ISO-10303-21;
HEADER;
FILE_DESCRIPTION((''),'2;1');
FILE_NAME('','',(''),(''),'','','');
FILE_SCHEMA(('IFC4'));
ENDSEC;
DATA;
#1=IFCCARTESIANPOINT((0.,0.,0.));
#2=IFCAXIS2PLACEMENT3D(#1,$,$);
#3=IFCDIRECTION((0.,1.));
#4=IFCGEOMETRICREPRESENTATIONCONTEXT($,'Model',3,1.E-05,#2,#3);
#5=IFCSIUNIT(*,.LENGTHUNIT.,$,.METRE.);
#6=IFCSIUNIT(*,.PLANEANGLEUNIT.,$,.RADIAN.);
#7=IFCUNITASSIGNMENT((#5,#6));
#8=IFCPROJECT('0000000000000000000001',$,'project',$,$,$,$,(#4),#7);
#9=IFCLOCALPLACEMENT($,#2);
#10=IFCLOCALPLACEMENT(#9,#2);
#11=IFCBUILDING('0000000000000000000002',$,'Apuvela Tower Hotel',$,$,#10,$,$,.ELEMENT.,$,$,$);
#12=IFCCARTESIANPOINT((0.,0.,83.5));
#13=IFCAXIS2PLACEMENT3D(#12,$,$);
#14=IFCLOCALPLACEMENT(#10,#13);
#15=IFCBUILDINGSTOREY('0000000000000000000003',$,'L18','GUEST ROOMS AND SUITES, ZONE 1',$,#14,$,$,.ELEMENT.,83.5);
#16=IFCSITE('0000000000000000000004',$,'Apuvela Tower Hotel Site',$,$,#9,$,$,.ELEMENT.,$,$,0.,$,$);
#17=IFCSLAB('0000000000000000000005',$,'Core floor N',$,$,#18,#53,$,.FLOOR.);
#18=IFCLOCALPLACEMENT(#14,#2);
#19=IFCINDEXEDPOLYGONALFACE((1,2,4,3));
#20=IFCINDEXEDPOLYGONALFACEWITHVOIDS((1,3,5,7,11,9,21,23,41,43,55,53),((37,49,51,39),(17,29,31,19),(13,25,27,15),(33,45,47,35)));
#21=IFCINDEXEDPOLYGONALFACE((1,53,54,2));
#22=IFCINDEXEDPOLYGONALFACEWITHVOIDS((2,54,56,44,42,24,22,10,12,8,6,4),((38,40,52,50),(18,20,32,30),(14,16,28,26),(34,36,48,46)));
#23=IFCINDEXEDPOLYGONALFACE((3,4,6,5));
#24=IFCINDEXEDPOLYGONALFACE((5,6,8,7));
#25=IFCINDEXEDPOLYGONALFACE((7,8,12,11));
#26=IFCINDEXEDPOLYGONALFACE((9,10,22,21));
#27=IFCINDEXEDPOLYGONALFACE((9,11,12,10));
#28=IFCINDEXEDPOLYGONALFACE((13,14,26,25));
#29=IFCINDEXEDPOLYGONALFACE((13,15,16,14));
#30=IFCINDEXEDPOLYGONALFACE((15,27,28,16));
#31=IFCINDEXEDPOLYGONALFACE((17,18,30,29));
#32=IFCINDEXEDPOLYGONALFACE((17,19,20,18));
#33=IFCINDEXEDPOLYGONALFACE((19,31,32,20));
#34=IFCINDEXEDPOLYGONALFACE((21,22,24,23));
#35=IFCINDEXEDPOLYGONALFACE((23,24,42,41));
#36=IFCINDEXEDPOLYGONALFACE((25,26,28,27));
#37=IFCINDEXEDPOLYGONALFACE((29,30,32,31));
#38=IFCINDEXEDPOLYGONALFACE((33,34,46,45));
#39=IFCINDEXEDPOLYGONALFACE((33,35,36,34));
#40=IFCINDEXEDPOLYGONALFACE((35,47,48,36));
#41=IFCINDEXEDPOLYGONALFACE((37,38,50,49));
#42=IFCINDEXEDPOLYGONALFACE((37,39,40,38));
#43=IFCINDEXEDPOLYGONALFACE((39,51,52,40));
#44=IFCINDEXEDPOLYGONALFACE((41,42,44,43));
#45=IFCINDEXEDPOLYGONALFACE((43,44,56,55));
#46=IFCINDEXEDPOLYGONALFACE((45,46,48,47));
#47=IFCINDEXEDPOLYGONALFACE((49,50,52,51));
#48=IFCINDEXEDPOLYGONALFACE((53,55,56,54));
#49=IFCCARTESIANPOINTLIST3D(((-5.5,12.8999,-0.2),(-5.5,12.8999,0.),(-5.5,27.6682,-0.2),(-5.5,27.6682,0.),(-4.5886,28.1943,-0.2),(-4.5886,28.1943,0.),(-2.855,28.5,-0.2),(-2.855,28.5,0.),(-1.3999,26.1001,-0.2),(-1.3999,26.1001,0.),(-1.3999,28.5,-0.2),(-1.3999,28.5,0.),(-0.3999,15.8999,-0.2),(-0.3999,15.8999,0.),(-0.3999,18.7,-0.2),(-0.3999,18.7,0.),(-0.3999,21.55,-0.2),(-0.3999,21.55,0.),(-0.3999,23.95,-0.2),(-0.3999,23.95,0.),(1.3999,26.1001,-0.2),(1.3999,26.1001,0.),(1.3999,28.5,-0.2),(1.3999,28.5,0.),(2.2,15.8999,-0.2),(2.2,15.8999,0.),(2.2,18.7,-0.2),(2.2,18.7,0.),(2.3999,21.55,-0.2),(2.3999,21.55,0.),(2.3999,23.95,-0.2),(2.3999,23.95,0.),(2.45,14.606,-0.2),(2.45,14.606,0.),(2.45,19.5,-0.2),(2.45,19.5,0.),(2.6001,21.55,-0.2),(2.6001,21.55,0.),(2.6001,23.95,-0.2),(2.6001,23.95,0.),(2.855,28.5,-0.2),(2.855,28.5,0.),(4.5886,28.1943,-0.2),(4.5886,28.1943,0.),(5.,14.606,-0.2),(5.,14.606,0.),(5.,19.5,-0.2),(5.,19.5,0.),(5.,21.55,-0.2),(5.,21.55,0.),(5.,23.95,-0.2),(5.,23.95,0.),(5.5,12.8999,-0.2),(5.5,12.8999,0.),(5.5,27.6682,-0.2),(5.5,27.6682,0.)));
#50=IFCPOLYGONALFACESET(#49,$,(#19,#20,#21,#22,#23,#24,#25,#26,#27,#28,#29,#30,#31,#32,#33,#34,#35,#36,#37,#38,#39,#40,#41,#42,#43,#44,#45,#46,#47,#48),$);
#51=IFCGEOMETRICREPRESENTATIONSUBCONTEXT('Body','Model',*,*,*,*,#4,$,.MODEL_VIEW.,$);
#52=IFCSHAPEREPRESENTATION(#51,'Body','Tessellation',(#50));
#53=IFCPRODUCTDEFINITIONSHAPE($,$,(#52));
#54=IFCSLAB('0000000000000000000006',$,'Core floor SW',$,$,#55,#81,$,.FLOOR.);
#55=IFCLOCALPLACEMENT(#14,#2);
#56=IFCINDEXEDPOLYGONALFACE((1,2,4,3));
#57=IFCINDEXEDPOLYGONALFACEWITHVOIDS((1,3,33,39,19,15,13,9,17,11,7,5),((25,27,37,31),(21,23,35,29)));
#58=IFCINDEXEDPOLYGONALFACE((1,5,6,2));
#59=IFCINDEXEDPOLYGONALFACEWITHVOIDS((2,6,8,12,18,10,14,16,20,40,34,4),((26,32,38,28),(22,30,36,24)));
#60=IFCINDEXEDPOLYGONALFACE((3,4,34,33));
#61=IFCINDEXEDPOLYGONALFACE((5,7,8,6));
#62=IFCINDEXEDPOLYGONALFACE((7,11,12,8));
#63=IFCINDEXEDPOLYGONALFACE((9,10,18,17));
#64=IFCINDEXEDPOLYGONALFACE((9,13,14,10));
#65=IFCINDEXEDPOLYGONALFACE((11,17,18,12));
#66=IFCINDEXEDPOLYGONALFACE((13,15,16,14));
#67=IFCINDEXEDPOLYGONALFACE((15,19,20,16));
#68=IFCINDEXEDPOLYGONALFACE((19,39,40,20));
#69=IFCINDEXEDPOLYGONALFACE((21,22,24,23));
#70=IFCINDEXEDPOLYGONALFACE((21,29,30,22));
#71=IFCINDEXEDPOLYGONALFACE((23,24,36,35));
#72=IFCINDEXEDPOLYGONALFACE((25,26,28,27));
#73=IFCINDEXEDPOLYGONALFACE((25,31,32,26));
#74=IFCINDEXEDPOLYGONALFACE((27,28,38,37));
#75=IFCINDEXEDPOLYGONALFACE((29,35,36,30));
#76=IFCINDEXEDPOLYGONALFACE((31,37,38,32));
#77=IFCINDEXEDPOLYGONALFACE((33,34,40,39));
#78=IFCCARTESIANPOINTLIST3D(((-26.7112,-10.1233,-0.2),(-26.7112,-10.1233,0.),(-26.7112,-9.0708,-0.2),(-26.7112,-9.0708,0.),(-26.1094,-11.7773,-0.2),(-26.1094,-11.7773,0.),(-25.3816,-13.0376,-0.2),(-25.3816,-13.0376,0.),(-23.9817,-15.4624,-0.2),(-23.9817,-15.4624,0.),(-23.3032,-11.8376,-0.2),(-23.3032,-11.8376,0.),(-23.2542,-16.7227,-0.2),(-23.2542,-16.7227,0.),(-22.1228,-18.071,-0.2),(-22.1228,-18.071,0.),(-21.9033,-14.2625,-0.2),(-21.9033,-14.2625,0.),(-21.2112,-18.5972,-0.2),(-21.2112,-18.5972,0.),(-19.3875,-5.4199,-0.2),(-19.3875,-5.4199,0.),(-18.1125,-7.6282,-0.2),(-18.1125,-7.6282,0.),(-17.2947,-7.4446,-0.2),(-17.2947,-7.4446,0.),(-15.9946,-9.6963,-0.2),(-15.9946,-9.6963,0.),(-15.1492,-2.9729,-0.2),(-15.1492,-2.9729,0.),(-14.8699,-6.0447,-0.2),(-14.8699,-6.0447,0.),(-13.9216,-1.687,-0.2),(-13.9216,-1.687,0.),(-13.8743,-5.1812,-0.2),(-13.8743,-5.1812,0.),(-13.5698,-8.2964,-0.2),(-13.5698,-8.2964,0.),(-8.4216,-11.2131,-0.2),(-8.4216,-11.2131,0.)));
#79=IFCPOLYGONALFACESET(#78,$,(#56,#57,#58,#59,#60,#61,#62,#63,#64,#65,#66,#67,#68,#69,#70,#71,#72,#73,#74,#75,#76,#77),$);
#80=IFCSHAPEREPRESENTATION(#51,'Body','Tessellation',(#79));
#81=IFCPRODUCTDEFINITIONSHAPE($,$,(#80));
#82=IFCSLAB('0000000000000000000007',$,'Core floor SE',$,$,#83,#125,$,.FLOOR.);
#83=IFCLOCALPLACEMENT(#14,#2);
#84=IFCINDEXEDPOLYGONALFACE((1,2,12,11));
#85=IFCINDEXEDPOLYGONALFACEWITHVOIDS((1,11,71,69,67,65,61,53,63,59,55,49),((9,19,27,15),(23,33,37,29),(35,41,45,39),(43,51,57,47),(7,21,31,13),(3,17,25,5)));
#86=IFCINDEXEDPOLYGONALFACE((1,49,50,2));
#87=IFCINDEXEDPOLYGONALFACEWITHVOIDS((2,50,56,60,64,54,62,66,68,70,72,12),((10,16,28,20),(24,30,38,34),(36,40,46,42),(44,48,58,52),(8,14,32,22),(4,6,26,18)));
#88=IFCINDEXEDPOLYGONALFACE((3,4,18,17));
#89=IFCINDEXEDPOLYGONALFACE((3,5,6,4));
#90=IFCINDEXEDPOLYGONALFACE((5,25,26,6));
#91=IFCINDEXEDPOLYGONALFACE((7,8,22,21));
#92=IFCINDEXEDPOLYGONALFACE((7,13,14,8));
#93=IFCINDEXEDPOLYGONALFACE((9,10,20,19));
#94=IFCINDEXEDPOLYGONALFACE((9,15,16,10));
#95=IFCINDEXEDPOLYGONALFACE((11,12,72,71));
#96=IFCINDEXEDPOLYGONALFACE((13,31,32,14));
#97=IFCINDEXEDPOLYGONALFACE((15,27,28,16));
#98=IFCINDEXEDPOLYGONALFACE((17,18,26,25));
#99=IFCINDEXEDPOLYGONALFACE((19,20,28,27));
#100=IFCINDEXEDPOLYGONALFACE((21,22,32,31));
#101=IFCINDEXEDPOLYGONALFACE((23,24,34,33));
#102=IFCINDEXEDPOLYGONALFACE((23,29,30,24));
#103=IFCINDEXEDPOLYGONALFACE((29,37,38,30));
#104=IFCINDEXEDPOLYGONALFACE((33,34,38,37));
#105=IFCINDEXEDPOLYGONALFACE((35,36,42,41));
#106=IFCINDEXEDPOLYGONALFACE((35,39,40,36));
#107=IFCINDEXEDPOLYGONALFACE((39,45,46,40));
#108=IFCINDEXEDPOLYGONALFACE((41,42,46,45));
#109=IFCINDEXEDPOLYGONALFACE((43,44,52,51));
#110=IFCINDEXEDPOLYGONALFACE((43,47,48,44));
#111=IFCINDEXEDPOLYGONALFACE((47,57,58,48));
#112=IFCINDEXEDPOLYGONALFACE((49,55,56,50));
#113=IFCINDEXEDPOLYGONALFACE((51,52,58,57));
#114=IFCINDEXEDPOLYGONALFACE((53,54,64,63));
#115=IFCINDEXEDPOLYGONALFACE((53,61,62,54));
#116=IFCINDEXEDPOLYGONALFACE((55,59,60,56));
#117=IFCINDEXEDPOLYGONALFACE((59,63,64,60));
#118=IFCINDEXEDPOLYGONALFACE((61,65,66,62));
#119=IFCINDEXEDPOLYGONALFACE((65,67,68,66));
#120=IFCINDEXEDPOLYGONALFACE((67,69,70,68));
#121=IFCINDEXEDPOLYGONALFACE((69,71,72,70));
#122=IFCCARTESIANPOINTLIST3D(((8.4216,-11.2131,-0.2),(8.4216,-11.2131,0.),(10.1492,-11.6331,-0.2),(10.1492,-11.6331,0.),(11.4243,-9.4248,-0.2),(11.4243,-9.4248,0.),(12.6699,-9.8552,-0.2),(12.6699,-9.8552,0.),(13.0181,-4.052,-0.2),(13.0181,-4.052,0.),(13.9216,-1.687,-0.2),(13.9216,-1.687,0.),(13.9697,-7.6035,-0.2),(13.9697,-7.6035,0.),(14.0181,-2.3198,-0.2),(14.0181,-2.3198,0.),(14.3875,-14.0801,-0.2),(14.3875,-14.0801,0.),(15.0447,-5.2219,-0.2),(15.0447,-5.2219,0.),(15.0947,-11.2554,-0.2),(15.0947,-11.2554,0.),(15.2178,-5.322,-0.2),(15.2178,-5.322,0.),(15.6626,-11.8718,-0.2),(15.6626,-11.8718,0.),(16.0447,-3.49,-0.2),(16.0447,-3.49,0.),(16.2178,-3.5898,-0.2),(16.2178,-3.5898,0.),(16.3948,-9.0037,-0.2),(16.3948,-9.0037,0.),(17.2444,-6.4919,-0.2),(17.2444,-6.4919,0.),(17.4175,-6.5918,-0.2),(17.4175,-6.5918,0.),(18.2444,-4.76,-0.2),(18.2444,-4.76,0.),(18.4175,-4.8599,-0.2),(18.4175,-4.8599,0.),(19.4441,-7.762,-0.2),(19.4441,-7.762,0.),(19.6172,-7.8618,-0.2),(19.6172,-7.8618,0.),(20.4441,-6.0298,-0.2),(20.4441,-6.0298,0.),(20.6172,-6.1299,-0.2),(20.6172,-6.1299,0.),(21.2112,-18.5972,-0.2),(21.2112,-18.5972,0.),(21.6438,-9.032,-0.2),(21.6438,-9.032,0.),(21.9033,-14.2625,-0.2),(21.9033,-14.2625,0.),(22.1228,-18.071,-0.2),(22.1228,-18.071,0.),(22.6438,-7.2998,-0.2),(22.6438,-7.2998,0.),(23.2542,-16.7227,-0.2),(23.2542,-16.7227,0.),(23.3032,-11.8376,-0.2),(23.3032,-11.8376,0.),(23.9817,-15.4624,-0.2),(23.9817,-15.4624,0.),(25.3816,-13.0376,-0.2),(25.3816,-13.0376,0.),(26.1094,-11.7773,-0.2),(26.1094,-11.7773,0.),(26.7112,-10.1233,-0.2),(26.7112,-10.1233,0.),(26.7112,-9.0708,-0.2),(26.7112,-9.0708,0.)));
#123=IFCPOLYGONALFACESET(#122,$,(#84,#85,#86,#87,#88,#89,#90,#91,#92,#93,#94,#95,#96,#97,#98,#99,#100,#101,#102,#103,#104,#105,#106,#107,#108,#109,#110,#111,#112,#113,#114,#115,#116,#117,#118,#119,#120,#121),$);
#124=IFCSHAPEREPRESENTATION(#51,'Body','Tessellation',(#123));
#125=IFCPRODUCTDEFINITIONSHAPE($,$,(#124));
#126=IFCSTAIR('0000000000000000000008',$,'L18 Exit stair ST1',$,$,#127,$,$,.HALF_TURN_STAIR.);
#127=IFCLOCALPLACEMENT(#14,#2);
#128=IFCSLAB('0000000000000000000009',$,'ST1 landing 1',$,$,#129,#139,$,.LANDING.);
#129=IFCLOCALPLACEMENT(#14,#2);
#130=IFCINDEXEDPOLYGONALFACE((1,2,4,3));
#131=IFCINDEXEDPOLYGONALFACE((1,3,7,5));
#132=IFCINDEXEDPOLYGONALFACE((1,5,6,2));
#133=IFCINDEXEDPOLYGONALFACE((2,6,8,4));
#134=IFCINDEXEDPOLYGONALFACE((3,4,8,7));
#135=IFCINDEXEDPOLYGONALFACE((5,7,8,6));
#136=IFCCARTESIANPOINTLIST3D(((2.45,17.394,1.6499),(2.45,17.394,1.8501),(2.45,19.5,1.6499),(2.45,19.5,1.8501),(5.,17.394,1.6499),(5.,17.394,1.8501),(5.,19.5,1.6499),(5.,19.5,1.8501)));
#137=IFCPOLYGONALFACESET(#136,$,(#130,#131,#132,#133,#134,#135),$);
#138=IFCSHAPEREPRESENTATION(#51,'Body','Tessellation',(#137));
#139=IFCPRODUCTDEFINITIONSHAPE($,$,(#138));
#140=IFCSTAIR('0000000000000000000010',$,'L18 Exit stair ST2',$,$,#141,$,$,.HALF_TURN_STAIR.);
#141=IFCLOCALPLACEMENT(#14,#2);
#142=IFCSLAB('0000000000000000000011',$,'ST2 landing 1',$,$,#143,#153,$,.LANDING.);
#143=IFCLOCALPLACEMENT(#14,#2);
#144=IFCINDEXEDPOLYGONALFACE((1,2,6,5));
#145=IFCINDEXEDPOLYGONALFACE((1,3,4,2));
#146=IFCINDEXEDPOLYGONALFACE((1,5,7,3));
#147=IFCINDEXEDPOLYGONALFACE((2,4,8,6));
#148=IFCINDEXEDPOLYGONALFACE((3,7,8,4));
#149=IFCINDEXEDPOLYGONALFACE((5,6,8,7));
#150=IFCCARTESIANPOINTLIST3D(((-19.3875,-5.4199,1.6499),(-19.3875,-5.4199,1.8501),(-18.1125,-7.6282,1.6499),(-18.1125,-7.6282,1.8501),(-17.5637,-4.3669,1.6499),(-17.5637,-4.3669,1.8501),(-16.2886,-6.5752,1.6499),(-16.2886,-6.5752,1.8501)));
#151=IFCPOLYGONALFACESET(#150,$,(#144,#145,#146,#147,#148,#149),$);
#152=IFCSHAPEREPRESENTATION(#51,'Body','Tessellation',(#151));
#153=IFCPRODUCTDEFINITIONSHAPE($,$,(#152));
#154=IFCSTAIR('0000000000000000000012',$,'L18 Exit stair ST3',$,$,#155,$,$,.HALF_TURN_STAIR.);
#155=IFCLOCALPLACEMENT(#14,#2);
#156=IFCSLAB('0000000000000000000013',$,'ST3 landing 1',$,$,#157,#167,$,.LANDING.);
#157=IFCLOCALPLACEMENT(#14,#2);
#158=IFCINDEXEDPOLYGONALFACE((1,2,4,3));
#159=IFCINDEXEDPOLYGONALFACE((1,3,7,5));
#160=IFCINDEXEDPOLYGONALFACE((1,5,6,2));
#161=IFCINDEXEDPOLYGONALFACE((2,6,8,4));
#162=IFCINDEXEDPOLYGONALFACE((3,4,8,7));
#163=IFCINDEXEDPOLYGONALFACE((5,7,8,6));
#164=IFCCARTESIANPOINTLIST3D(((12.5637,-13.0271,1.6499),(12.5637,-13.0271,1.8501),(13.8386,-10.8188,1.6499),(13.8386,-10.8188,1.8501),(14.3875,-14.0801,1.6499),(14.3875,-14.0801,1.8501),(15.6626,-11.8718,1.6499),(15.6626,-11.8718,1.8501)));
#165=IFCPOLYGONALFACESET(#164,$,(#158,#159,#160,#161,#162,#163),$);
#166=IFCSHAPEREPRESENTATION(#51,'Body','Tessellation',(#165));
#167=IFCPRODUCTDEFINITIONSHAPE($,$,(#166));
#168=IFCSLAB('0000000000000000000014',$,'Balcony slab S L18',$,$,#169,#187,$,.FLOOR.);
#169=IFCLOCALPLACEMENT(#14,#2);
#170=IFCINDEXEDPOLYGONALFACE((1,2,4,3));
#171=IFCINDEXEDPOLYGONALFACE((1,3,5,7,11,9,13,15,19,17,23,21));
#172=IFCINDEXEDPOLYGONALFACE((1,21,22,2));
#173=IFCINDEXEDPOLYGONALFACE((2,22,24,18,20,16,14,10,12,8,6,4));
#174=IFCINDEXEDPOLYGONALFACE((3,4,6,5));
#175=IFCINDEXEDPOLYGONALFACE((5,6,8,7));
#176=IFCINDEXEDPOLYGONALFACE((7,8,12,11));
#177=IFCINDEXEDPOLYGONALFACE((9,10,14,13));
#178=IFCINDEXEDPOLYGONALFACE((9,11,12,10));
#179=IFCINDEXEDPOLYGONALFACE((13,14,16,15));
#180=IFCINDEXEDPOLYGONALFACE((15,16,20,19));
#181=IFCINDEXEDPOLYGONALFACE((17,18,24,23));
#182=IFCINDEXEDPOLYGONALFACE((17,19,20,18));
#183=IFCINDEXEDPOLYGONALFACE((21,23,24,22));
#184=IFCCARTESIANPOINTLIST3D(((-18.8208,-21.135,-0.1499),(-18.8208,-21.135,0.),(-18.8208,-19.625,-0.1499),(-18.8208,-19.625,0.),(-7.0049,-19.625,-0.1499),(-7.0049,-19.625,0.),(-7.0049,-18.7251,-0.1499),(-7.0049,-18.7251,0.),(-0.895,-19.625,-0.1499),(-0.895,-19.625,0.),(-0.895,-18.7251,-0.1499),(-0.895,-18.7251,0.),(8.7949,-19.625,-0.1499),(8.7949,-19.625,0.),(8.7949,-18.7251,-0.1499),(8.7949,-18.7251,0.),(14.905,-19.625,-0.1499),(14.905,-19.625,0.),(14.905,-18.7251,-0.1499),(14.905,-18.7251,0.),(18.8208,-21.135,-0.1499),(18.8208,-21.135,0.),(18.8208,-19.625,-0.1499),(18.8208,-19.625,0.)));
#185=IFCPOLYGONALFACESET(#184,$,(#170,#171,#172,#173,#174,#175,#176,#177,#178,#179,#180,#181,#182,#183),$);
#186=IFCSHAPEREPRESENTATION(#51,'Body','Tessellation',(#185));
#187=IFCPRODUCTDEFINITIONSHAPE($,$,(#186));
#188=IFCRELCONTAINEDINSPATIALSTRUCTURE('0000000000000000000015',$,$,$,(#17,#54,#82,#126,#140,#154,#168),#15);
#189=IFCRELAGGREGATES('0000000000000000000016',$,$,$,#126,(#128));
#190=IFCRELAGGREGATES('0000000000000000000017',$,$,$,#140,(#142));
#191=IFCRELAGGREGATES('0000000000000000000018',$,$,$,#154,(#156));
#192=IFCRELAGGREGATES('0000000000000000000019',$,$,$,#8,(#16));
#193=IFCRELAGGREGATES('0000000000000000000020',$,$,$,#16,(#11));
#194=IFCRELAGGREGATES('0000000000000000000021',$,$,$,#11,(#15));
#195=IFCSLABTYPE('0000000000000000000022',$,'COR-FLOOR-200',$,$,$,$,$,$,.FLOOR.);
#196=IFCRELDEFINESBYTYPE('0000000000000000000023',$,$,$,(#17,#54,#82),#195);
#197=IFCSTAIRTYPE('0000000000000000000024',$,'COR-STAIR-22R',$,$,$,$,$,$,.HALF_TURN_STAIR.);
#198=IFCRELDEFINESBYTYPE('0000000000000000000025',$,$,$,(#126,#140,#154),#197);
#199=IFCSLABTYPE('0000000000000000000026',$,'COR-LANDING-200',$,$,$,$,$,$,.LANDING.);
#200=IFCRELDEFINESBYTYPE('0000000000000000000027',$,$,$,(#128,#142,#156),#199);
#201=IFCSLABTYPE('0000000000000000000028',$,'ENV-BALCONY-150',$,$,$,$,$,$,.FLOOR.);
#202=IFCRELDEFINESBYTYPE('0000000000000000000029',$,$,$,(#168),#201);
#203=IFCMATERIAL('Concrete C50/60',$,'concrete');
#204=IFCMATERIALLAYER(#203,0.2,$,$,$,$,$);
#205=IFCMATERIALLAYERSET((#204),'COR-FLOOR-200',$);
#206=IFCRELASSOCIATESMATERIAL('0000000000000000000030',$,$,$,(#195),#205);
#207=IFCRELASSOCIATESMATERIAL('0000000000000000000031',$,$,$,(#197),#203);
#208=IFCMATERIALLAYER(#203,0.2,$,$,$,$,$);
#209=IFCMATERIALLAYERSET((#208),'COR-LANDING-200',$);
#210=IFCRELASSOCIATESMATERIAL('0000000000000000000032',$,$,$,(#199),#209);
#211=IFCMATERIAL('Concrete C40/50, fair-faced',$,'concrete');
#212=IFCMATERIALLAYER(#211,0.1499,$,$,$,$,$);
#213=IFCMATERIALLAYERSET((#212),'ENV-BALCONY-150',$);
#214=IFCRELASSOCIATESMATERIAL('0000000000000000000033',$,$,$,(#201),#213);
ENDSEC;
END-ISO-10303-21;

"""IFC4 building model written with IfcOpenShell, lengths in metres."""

from ifc_helpers import new_model, si_unit, direction, frame, origin, place, context, subcontext, project, spatial, polyline, outline, extrude, material, layer, layer_set, type_object, element, aggregate, save


model = new_model("IFC4")

# Units and contexts
model_context = context("Model", 3, precision=1e-05, world=origin(), true_north=direction((0.0, 1.0)))
body_context = subcontext(model_context, "Body", "Model", "MODEL_VIEW")
ifc_project = project(units=[si_unit("LENGTHUNIT", "METRE"), si_unit("PLANEANGLEUNIT", "RADIAN")], contexts=[model_context])

# Site, building, storey
site_placement = place(None, origin())
site = spatial("IfcSite", under=ifc_project, at=site_placement, Name="Apuvela Tower Hotel Site", CompositionType="ELEMENT", RefElevation=0.0)
building_placement = place(site_placement, origin())
building = spatial("IfcBuilding", under=site, at=building_placement, Name="Apuvela Tower Hotel", CompositionType="ELEMENT")
storey_placement = place(building_placement, frame((0.0, 0.0, 83.5)))
storey = spatial("IfcBuildingStorey", under=building, at=storey_placement, Name="L18", Description="GUEST ROOMS AND SUITES, ZONE 1", CompositionType="ELEMENT", Elevation=83.5)

# Slabs
ifc_material_1 = material(Name="Concrete C50/60", Category="concrete")
ifc_layer_1 = layer(ifc_material_1, 0.2)
ifc_layer_set_1 = layer_set([ifc_layer_1], Name="COR-FLOOR-200")
slab_type_1 = type_object("IfcSlabType", Name="COR-FLOOR-200", PredefinedType="FLOOR", material=ifc_layer_set_1)
slab_1_placement = place(storey_placement, frame((0.0, 0.0, -0.2)))
element("IfcSlab", 1, at=slab_1_placement, inside=storey, type_object=slab_type_1, Name="Core floor N", PredefinedType="FLOOR", context=body_context, shape_type="SweptSolid", body=[
    extrude(outline(polyline([(5.5, 27.6682), (4.5886, 28.1943), (2.855, 28.5), (1.3999, 28.5), (1.3999, 26.1001), (-1.3999, 26.1001), (-1.3999, 28.5), (-2.855, 28.5), (-4.5886, 28.1943), (-5.5, 27.6682), (-5.5, 12.8999), (5.5, 12.8999), (5.5, 27.6682)]), holes=[polyline([(5.0, 14.606), (2.45, 14.606), (2.45, 19.5), (5.0, 19.5), (5.0, 14.606)]), polyline([(2.2, 15.8999), (-0.3999, 15.8999), (-0.3999, 18.7), (2.2, 18.7), (2.2, 15.8999)]), polyline([(5.0, 21.55), (2.6001, 21.55), (2.6001, 23.95), (5.0, 23.95), (5.0, 21.55)]), polyline([(2.3999, 21.55), (-0.3999, 21.55), (-0.3999, 23.95), (2.3999, 23.95), (2.3999, 21.55)])]), origin(), (0.0, 0.0, 1.0), 0.2),
])
slab_2_placement = place(storey_placement, frame((0.0, 0.0, -0.2)))
element("IfcSlab", 2, at=slab_2_placement, inside=storey, type_object=slab_type_1, Name="Core floor SW", PredefinedType="FLOOR", context=body_context, shape_type="SweptSolid", body=[
    extrude(outline(polyline([(-26.7112, -9.0708), (-26.7112, -10.1233), (-26.1094, -11.7773), (-25.3816, -13.0376), (-23.3032, -11.8376), (-21.9033, -14.2625), (-23.9817, -15.4624), (-23.2542, -16.7227), (-22.1228, -18.071), (-21.2112, -18.5972), (-8.4216, -11.2131), (-13.9216, -1.687), (-26.7112, -9.0708)]), holes=[polyline([(-13.8743, -5.1812), (-18.1125, -7.6282), (-19.3875, -5.4199), (-15.1492, -2.9729), (-13.8743, -5.1812)]), polyline([(-13.5698, -8.2964), (-15.9946, -9.6963), (-17.2947, -7.4446), (-14.8699, -6.0447), (-13.5698, -8.2964)])]), origin(), (0.0, 0.0, 1.0), 0.2),
])
slab_3_placement = place(storey_placement, frame((0.0, 0.0, -0.2)))
element("IfcSlab", 3, at=slab_3_placement, inside=storey, type_object=slab_type_1, Name="Core floor SE", PredefinedType="FLOOR", context=body_context, shape_type="SweptSolid", body=[
    extrude(outline(polyline([(21.2112, -18.5972), (22.1228, -18.071), (23.2542, -16.7227), (23.9817, -15.4624), (21.9033, -14.2625), (23.3032, -11.8376), (25.3816, -13.0376), (26.1094, -11.7773), (26.7112, -10.1233), (26.7112, -9.0708), (13.9216, -1.687), (8.4216, -11.2131), (21.2112, -18.5972)]), holes=[polyline([(13.0181, -4.052), (14.0181, -2.3198), (16.0447, -3.49), (15.0447, -5.2219), (13.0181, -4.052)]), polyline([(17.2444, -6.4919), (15.2178, -5.322), (16.2178, -3.5898), (18.2444, -4.76), (17.2444, -6.4919)]), polyline([(14.3875, -14.0801), (10.1492, -11.6331), (11.4243, -9.4248), (15.6626, -11.8718), (14.3875, -14.0801)]), polyline([(12.6699, -9.8552), (13.9697, -7.6035), (16.3948, -9.0037), (15.0947, -11.2554), (12.6699, -9.8552)]), polyline([(19.4441, -7.762), (17.4175, -6.5918), (18.4175, -4.8599), (20.4441, -6.0298), (19.4441, -7.762)]), polyline([(21.6438, -9.032), (19.6172, -7.8618), (20.6172, -6.1299), (22.6438, -7.2998), (21.6438, -9.032)])]), origin(), (0.0, 0.0, 1.0), 0.2),
])

# Stairs, slabs
stair_type = type_object("IfcStairType", Name="COR-STAIR-22R", PredefinedType="HALF_TURN_STAIR", material=ifc_material_1)
stair_1_placement = place(storey_placement, origin())
stair_1 = element("IfcStair", 4, at=stair_1_placement, inside=storey, type_object=stair_type, Name="L18 Exit stair ST1", PredefinedType="HALF_TURN_STAIR")
ifc_layer_2 = layer(ifc_material_1, 0.2)
ifc_layer_set_2 = layer_set([ifc_layer_2], Name="COR-LANDING-200")
slab_type_2 = type_object("IfcSlabType", Name="COR-LANDING-200", PredefinedType="LANDING", material=ifc_layer_set_2)
slab_4_placement = place(storey_placement, frame((0.0, 0.0, 1.6499)))
slab_4 = element("IfcSlab", 5, at=slab_4_placement, type_object=slab_type_2, Name="ST1 landing 1", PredefinedType="LANDING", context=body_context, shape_type="SweptSolid", body=[
    extrude(outline(polyline([(5.0, 17.394), (5.0, 19.5), (2.45, 19.5), (2.45, 17.394), (5.0, 17.394)])), origin(), (0.0, 0.0, 1.0), 0.2002),
])
aggregate(stair_1, [slab_4])
stair_2_placement = place(storey_placement, origin())
stair_2 = element("IfcStair", 6, at=stair_2_placement, inside=storey, type_object=stair_type, Name="L18 Exit stair ST2", PredefinedType="HALF_TURN_STAIR")
slab_5_placement = place(storey_placement, frame((0.0, 0.0, 1.6499)))
slab_5 = element("IfcSlab", 7, at=slab_5_placement, type_object=slab_type_2, Name="ST2 landing 1", PredefinedType="LANDING", context=body_context, shape_type="SweptSolid", body=[
    extrude(outline(polyline([(-17.5637, -4.3669), (-19.3875, -5.4199), (-18.1125, -7.6282), (-16.2886, -6.5752), (-17.5637, -4.3669)])), origin(), (0.0, 0.0, 1.0), 0.2002),
])
aggregate(stair_2, [slab_5])
stair_3_placement = place(storey_placement, origin())
stair_3 = element("IfcStair", 8, at=stair_3_placement, inside=storey, type_object=stair_type, Name="L18 Exit stair ST3", PredefinedType="HALF_TURN_STAIR")
slab_6_placement = place(storey_placement, frame((0.0, 0.0, 1.6499)))
slab_6 = element("IfcSlab", 9, at=slab_6_placement, type_object=slab_type_2, Name="ST3 landing 1", PredefinedType="LANDING", context=body_context, shape_type="SweptSolid", body=[
    extrude(outline(polyline([(12.5637, -13.0271), (14.3875, -14.0801), (15.6626, -11.8718), (13.8386, -10.8188), (12.5637, -13.0271)])), origin(), (0.0, 0.0, 1.0), 0.2002),
])
aggregate(stair_3, [slab_6])

# Slab
ifc_material_2 = material(Name="Concrete C40/50, fair-faced", Category="concrete")
ifc_layer_3 = layer(ifc_material_2, 0.1499)
ifc_layer_set_3 = layer_set([ifc_layer_3], Name="ENV-BALCONY-150")
slab_type_3 = type_object("IfcSlabType", Name="ENV-BALCONY-150", PredefinedType="FLOOR", material=ifc_layer_set_3)
slab_7_placement = place(storey_placement, frame((0.0, 0.0, -0.1499)))
element("IfcSlab", 10, at=slab_7_placement, inside=storey, type_object=slab_type_3, Name="Balcony slab S L18", PredefinedType="FLOOR", context=body_context, shape_type="SweptSolid", body=[
    extrude(outline(polyline([(18.8208, -21.135), (-18.8208, -21.135), (-18.8208, -19.625), (-7.0049, -19.625), (-7.0049, -18.7251), (-0.895, -18.7251), (-0.895, -19.625), (8.7949, -19.625), (8.7949, -18.7251), (14.905, -18.7251), (14.905, -19.625), (18.8208, -19.625), (18.8208, -21.135)])), origin(), (0.0, 0.0, 1.0), 0.1499),
])

save(model, "model.ifc")
